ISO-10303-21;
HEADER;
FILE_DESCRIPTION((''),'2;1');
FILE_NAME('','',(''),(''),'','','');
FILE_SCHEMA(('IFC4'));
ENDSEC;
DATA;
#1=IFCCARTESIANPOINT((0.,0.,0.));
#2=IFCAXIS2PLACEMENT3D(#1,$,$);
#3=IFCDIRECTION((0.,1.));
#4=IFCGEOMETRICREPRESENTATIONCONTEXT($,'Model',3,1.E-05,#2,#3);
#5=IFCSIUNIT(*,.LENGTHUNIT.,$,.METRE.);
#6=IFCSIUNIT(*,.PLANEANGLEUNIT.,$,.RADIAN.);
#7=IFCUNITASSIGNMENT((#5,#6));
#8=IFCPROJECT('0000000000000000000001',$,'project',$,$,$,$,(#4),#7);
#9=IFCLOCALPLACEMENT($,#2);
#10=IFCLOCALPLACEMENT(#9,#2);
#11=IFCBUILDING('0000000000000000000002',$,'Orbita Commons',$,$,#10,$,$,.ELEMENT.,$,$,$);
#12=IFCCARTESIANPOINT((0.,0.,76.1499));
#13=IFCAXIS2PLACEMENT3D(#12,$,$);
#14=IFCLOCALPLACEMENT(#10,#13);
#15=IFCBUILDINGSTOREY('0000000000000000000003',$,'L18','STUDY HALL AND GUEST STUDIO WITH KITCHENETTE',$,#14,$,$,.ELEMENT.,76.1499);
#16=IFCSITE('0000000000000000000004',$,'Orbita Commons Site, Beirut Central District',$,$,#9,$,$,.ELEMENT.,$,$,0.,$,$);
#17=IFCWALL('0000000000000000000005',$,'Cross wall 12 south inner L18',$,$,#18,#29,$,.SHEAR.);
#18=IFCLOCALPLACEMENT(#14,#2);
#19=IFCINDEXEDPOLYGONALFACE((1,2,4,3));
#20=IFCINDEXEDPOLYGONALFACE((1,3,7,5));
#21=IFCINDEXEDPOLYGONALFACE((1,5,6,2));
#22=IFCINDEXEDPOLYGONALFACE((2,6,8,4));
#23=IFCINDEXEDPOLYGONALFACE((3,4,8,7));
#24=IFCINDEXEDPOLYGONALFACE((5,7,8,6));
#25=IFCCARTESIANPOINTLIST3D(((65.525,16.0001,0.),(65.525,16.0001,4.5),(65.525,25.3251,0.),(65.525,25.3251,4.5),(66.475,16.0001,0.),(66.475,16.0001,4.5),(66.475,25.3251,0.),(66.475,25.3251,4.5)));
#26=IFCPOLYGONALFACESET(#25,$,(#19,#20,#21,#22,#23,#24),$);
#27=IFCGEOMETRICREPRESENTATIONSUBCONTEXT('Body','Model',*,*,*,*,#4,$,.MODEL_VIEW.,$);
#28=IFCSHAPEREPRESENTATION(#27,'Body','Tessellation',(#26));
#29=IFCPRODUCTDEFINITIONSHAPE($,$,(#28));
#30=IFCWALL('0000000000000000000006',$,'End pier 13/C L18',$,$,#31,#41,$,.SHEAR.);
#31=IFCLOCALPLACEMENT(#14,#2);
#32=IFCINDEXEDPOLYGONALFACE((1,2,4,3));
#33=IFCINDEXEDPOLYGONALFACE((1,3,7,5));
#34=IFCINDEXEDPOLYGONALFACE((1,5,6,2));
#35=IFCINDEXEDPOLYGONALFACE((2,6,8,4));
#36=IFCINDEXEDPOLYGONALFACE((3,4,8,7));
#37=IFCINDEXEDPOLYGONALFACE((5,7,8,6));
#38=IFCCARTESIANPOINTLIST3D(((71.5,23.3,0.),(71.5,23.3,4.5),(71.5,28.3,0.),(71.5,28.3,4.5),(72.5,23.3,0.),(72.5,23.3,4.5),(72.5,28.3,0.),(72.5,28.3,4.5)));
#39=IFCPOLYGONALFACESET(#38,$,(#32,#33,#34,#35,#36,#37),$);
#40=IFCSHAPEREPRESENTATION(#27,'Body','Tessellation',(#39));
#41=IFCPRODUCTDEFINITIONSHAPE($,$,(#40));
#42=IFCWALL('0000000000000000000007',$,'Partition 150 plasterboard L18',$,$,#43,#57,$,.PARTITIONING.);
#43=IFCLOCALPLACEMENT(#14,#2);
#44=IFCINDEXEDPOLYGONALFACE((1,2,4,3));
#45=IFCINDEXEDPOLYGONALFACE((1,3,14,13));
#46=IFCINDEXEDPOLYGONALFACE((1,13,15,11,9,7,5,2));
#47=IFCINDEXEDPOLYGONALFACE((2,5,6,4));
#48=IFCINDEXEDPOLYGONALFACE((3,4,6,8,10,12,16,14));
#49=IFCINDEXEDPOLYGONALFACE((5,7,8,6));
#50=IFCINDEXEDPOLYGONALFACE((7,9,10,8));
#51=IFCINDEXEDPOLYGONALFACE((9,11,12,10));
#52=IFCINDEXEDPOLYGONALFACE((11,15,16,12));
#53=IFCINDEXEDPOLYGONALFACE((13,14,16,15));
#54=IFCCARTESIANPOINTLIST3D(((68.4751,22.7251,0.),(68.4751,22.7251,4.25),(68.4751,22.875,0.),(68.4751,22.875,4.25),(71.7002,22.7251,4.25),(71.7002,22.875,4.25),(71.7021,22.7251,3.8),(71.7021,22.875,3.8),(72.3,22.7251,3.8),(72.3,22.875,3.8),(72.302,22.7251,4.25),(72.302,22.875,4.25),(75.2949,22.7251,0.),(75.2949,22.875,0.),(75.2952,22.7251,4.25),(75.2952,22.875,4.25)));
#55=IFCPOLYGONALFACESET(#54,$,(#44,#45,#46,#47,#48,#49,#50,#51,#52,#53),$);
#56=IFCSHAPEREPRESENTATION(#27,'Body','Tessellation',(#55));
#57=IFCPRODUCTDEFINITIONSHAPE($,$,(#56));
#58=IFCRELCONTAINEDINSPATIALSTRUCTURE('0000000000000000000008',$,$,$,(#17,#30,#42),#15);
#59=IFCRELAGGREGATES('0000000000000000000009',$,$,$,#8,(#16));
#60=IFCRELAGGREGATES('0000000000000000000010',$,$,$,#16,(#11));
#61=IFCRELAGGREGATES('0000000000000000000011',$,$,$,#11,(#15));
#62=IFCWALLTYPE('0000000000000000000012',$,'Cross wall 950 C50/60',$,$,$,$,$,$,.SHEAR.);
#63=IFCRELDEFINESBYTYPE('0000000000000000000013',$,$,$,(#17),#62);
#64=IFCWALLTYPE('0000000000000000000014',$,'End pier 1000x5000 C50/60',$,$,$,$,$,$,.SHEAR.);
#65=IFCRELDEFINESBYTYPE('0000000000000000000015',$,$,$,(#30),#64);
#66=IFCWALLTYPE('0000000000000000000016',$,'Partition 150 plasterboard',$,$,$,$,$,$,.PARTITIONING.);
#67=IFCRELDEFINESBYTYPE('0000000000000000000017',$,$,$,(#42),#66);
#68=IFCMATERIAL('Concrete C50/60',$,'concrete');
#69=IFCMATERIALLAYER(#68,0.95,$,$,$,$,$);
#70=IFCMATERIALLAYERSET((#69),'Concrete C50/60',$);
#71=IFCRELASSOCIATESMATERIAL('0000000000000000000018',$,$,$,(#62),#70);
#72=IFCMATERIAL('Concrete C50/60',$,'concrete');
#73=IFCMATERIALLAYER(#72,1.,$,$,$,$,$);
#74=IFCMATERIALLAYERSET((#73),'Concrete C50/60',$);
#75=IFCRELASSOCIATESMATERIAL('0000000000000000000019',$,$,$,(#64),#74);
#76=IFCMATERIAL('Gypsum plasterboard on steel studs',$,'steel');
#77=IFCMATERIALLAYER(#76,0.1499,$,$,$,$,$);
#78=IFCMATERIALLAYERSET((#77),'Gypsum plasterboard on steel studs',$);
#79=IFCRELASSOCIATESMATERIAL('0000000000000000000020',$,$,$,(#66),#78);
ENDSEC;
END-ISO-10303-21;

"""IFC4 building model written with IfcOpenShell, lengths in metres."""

from ifc_helpers import new_model, si_unit, direction, frame, frame_2d, origin, place, context, subcontext, project, spatial, polyline, rectangle, outline, extrude, material, layer, layer_set, type_object, element, save


model = new_model("IFC4")

# Units and contexts
model_context = context("Model", 3, precision=1e-05, world=origin(), true_north=direction((0.0, 1.0)))
body_context = subcontext(model_context, "Body", "Model", "MODEL_VIEW")
ifc_project = project(units=[si_unit("LENGTHUNIT", "METRE"), si_unit("PLANEANGLEUNIT", "RADIAN")], contexts=[model_context])

# Site, building, storey
site_placement = place(None, origin())
site = spatial("IfcSite", under=ifc_project, at=site_placement, Name="Orbita Commons Site, Beirut Central District", CompositionType="ELEMENT", RefElevation=0.0)
building_placement = place(site_placement, origin())
building = spatial("IfcBuilding", under=site, at=building_placement, Name="Orbita Commons", CompositionType="ELEMENT")
storey_placement = place(building_placement, frame((0.0, 0.0, 76.1499)))
storey = spatial("IfcBuildingStorey", under=building, at=storey_placement, Name="L18", Description="STUDY HALL AND GUEST STUDIO WITH KITCHENETTE", CompositionType="ELEMENT", Elevation=76.1499)

# Walls
ifc_material_1 = material(Name="Concrete C50/60", Category="concrete")
ifc_layer_1 = layer(ifc_material_1, 0.95)
ifc_layer_set_1 = layer_set([ifc_layer_1], Name="Concrete C50/60")
wall_type_1 = type_object("IfcWallType", Name="Cross wall 950 C50/60", PredefinedType="SHEAR", material=ifc_layer_set_1)
wall_1_placement = place(storey_placement, frame((66.0, 16.0, 0.0), z_axis=(0.0, 0.0, 1.0), x_axis=(0.0, 1.0, 0.0)))
element("IfcWall", 1, at=wall_1_placement, inside=storey, type_object=wall_type_1, Name="Cross wall 12 south inner L18", PredefinedType="SHEAR", context=body_context, shape_type="SweptSolid", body=[
    extrude(rectangle(XDim=9.325, YDim=0.95, at=frame_2d((4.6626, 0.0))), origin(), (0.0, 0.0, 1.0), 4.5),
])
ifc_material_2 = material(Name="Concrete C50/60", Category="concrete")
ifc_layer_2 = layer(ifc_material_2, 1.0)
ifc_layer_set_2 = layer_set([ifc_layer_2], Name="Concrete C50/60")
wall_type_2 = type_object("IfcWallType", Name="End pier 1000x5000 C50/60", PredefinedType="SHEAR", material=ifc_layer_set_2)
wall_2_placement = place(storey_placement, frame((72.0, 23.3, 0.0), z_axis=(0.0, 0.0, 1.0), x_axis=(0.0, 1.0, 0.0)))
element("IfcWall", 2, at=wall_2_placement, inside=storey, type_object=wall_type_2, Name="End pier 13/C L18", PredefinedType="SHEAR", context=body_context, shape_type="SweptSolid", body=[
    extrude(rectangle(XDim=5.0, YDim=1.0, at=frame_2d((2.5, 0.0))), origin(), (0.0, 0.0, 1.0), 4.5),
])
ifc_material_3 = material(Name="Gypsum plasterboard on steel studs", Category="steel")
ifc_layer_3 = layer(ifc_material_3, 0.1499)
ifc_layer_set_3 = layer_set([ifc_layer_3], Name="Gypsum plasterboard on steel studs")
wall_type_3 = type_object("IfcWallType", Name="Partition 150 plasterboard", PredefinedType="PARTITIONING", material=ifc_layer_set_3)
wall_3_placement = place(storey_placement, frame((68.4751, 22.8, 0.0), z_axis=(0.0, 0.0, 1.0), x_axis=(1.0, 0.0, 0.0)))
element("IfcWall", 3, at=wall_3_placement, inside=storey, type_object=wall_type_3, Name="Partition 150 plasterboard L18", PredefinedType="PARTITIONING", context=body_context, shape_type="SweptSolid", body=[
    extrude(outline(polyline([(0.0, 0.0), (6.8198, 0.0), (6.8201, 4.25), (3.8269, 4.25), (3.825, 3.8), (3.2271, 3.8), (3.2251, 4.25), (0.0, 4.25), (0.0, 0.0)])), frame((0.0, 0.075, 0.0), z_axis=(0.0, -1.0, 0.0), x_axis=(1.0, 0.0, 0.0)), (0.0, 0.0, 1.0), 0.1499),
])

save(model, "model.ifc")
